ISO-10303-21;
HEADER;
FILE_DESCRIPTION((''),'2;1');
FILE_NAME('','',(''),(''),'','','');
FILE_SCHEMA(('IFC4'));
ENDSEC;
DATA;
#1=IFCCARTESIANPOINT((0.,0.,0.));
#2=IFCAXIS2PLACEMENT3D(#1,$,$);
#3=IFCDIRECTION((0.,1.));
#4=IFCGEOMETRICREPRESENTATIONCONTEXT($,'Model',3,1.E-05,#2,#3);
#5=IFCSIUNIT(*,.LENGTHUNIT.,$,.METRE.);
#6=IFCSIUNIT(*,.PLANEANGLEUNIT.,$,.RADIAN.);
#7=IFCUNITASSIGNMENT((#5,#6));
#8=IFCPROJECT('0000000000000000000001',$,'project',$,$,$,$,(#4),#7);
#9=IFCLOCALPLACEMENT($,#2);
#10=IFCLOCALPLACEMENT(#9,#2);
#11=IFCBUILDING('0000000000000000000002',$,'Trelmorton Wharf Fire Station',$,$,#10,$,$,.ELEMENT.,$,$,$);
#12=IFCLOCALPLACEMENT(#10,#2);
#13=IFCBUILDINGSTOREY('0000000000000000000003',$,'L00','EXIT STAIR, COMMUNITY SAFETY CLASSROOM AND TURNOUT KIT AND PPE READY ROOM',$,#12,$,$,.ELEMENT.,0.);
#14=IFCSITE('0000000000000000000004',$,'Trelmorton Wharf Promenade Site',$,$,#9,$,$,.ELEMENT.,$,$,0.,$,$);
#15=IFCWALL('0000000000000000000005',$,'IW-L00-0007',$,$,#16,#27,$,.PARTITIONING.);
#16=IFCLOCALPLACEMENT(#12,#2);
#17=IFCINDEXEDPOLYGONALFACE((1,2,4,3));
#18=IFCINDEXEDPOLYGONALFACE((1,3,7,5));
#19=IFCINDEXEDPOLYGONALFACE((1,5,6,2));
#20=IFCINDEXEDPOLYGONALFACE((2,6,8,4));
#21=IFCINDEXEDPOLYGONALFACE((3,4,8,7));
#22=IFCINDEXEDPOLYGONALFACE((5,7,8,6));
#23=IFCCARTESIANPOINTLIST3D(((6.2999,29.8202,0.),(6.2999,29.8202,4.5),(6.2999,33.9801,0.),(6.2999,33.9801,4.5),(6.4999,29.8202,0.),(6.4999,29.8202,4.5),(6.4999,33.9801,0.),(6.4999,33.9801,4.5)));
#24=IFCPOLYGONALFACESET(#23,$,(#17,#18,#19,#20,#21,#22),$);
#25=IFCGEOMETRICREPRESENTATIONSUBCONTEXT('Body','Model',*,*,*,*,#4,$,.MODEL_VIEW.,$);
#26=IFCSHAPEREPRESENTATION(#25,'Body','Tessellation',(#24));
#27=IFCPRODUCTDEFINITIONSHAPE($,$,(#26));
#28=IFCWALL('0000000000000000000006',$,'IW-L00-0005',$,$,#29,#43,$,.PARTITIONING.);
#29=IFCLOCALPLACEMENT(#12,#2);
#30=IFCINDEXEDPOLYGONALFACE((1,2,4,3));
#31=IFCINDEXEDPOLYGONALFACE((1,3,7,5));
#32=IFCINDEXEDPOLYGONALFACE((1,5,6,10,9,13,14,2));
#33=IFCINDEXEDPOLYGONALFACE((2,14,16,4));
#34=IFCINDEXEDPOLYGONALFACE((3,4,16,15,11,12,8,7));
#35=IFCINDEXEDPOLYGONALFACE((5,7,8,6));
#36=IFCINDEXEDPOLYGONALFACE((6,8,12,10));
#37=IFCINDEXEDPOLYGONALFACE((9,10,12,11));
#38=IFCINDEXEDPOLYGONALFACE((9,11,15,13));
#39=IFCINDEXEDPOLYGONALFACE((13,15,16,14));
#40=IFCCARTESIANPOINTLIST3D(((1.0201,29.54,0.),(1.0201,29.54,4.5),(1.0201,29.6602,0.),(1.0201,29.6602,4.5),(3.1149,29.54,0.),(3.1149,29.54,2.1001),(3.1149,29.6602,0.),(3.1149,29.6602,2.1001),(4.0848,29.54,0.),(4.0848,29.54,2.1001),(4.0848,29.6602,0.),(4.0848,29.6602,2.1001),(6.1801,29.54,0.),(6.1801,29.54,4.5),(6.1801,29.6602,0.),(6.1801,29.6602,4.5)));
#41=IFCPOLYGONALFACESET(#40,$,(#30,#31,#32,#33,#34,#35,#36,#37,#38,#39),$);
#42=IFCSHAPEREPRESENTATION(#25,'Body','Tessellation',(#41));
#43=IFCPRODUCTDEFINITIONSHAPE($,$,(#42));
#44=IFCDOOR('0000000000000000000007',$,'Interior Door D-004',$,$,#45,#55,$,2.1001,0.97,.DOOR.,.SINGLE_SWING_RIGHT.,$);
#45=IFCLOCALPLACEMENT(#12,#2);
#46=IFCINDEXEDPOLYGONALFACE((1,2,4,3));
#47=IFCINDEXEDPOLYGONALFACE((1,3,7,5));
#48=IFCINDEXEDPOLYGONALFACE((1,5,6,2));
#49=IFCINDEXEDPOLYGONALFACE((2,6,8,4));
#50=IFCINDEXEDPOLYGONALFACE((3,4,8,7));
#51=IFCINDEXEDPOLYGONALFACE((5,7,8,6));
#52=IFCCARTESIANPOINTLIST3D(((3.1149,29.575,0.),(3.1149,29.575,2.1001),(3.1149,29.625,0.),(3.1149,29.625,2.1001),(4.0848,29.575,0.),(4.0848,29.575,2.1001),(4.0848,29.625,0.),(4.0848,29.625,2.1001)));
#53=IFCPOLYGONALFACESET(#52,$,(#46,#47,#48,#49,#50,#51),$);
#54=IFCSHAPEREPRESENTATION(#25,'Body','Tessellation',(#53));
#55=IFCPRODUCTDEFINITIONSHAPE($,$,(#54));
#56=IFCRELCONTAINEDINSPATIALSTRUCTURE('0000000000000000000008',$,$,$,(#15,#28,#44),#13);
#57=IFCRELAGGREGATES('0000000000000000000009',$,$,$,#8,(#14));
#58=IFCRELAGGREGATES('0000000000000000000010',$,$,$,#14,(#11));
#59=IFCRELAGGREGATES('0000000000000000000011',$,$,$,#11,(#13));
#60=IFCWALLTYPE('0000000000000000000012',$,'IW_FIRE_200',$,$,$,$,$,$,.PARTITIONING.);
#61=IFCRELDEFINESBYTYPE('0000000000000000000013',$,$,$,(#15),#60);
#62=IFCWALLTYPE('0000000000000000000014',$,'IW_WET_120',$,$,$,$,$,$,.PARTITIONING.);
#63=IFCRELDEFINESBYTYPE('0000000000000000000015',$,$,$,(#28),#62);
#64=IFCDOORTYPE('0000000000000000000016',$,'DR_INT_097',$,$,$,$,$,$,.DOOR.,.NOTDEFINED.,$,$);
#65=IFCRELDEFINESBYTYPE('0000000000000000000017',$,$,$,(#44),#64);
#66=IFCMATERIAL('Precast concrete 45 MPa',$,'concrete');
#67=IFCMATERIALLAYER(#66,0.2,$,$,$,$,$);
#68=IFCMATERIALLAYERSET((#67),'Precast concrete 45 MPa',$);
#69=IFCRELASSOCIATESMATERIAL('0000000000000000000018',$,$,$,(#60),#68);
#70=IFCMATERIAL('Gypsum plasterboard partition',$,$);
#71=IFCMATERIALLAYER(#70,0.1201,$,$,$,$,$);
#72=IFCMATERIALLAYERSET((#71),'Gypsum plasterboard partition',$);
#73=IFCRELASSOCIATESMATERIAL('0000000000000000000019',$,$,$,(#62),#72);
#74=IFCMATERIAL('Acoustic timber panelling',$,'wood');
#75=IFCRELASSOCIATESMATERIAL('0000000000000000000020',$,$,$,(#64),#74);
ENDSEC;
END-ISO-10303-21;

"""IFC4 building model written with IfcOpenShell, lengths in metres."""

from ifc_helpers import new_model, si_unit, direction, frame, frame_2d, origin, place, context, subcontext, project, spatial, rectangle, extrude, material, layer, layer_set, type_object, element, fill, save


model = new_model("IFC4")

# Units and contexts
model_context = context("Model", 3, precision=1e-05, world=origin(), true_north=direction((0.0, 1.0)))
body_context = subcontext(model_context, "Body", "Model", "MODEL_VIEW")
ifc_project = project(units=[si_unit("LENGTHUNIT", "METRE"), si_unit("PLANEANGLEUNIT", "RADIAN")], contexts=[model_context])

# Site, building, storey
site_placement = place(None, origin())
site = spatial("IfcSite", under=ifc_project, at=site_placement, Name="Trelmorton Wharf Promenade Site", CompositionType="ELEMENT", RefElevation=0.0)
building_placement = place(site_placement, origin())
building = spatial("IfcBuilding", under=site, at=building_placement, Name="Trelmorton Wharf Fire Station", CompositionType="ELEMENT")
storey_placement = place(building_placement, origin())
storey = spatial("IfcBuildingStorey", under=building, at=storey_placement, Name="L00", Description="EXIT STAIR, COMMUNITY SAFETY CLASSROOM AND TURNOUT KIT AND PPE READY ROOM", CompositionType="ELEMENT", Elevation=0.0)

# Shared definitions
ifc_material_1 = material(Name="Precast concrete 45 MPa", Category="concrete")

# Wall
ifc_layer_1 = layer(ifc_material_1, 0.2)
ifc_layer_set_1 = layer_set([ifc_layer_1], Name="Precast concrete 45 MPa")
wall_type_1 = type_object("IfcWallType", Name="IW_FIRE_200", PredefinedType="PARTITIONING", material=ifc_layer_set_1)
wall_1_placement = place(storey_placement, frame((6.3999, 29.8201, 0.0), z_axis=(0.0, 0.0, 1.0), x_axis=(0.0, 1.0, 0.0)))
element("IfcWall", 1, at=wall_1_placement, inside=storey, type_object=wall_type_1, Name="IW-L00-0007", PredefinedType="PARTITIONING", context=body_context, shape_type="SweptSolid", body=[
    extrude(rectangle(XDim=4.1599, YDim=0.2, at=frame_2d((2.0801, 0.0))), origin(), (0.0, 0.0, 1.0), 4.5),
])

# Wall, opening, door
ifc_material_2 = material(Name="Gypsum plasterboard partition")
ifc_layer_2 = layer(ifc_material_2, 0.1201)
ifc_layer_set_2 = layer_set([ifc_layer_2], Name="Gypsum plasterboard partition")
wall_type_2 = type_object("IfcWallType", Name="IW_WET_120", PredefinedType="PARTITIONING", material=ifc_layer_set_2)
wall_2_placement = place(storey_placement, frame((1.02, 29.6001, 0.0), z_axis=(0.0, 0.0, 1.0), x_axis=(1.0, 0.0, 0.0)))
wall_2 = element("IfcWall", 2, at=wall_2_placement, inside=storey, type_object=wall_type_2, Name="IW-L00-0005", PredefinedType="PARTITIONING", context=body_context, shape_type="SweptSolid", body=[
    extrude(rectangle(XDim=5.1599, YDim=0.1201, at=frame_2d((2.5801, 0.0))), origin(), (0.0, 0.0, 1.0), 4.5),
])
opening_1_placement = place(wall_2_placement, frame((2.095, 0.0, 0.0)))
opening_1 = element("IfcOpeningElement", 3, at=opening_1_placement, cuts=wall_2, PredefinedType="OPENING", context=body_context, shape_type="SweptSolid", body=[
    extrude(rectangle(XDim=0.97, YDim=2.1001, at=frame_2d((0.4849, 1.05))), frame((0.0, 0.0701, 0.0), z_axis=(0.0, -1.0, 0.0), x_axis=(1.0, 0.0, 0.0)), (0.0, 0.0, 1.0), 0.1401),
])
ifc_material_3 = material(Name="Acoustic timber panelling", Category="wood")
door_type_1 = type_object("IfcDoorType", Name="DR_INT_097", OperationType="NOTDEFINED", PredefinedType="DOOR", material=ifc_material_3)
door_1_placement = place(opening_1_placement, origin())
door_1 = element("IfcDoor", 4, at=door_1_placement, inside=storey, type_object=door_type_1, Name="Interior Door D-004", OperationType="SINGLE_SWING_RIGHT", OverallHeight=2.1001, OverallWidth=0.97, PredefinedType="DOOR", context=body_context, shape_type="SweptSolid", body=[
    extrude(rectangle(XDim=0.97, YDim=2.1001, at=frame_2d((0.4849, 1.05))), frame((0.0, 0.0249, 0.0), z_axis=(0.0, -1.0, 0.0), x_axis=(1.0, 0.0, 0.0)), (0.0, 0.0, 1.0), 0.05),
])
fill(opening_1, door_1)

save(model, "model.ifc")
